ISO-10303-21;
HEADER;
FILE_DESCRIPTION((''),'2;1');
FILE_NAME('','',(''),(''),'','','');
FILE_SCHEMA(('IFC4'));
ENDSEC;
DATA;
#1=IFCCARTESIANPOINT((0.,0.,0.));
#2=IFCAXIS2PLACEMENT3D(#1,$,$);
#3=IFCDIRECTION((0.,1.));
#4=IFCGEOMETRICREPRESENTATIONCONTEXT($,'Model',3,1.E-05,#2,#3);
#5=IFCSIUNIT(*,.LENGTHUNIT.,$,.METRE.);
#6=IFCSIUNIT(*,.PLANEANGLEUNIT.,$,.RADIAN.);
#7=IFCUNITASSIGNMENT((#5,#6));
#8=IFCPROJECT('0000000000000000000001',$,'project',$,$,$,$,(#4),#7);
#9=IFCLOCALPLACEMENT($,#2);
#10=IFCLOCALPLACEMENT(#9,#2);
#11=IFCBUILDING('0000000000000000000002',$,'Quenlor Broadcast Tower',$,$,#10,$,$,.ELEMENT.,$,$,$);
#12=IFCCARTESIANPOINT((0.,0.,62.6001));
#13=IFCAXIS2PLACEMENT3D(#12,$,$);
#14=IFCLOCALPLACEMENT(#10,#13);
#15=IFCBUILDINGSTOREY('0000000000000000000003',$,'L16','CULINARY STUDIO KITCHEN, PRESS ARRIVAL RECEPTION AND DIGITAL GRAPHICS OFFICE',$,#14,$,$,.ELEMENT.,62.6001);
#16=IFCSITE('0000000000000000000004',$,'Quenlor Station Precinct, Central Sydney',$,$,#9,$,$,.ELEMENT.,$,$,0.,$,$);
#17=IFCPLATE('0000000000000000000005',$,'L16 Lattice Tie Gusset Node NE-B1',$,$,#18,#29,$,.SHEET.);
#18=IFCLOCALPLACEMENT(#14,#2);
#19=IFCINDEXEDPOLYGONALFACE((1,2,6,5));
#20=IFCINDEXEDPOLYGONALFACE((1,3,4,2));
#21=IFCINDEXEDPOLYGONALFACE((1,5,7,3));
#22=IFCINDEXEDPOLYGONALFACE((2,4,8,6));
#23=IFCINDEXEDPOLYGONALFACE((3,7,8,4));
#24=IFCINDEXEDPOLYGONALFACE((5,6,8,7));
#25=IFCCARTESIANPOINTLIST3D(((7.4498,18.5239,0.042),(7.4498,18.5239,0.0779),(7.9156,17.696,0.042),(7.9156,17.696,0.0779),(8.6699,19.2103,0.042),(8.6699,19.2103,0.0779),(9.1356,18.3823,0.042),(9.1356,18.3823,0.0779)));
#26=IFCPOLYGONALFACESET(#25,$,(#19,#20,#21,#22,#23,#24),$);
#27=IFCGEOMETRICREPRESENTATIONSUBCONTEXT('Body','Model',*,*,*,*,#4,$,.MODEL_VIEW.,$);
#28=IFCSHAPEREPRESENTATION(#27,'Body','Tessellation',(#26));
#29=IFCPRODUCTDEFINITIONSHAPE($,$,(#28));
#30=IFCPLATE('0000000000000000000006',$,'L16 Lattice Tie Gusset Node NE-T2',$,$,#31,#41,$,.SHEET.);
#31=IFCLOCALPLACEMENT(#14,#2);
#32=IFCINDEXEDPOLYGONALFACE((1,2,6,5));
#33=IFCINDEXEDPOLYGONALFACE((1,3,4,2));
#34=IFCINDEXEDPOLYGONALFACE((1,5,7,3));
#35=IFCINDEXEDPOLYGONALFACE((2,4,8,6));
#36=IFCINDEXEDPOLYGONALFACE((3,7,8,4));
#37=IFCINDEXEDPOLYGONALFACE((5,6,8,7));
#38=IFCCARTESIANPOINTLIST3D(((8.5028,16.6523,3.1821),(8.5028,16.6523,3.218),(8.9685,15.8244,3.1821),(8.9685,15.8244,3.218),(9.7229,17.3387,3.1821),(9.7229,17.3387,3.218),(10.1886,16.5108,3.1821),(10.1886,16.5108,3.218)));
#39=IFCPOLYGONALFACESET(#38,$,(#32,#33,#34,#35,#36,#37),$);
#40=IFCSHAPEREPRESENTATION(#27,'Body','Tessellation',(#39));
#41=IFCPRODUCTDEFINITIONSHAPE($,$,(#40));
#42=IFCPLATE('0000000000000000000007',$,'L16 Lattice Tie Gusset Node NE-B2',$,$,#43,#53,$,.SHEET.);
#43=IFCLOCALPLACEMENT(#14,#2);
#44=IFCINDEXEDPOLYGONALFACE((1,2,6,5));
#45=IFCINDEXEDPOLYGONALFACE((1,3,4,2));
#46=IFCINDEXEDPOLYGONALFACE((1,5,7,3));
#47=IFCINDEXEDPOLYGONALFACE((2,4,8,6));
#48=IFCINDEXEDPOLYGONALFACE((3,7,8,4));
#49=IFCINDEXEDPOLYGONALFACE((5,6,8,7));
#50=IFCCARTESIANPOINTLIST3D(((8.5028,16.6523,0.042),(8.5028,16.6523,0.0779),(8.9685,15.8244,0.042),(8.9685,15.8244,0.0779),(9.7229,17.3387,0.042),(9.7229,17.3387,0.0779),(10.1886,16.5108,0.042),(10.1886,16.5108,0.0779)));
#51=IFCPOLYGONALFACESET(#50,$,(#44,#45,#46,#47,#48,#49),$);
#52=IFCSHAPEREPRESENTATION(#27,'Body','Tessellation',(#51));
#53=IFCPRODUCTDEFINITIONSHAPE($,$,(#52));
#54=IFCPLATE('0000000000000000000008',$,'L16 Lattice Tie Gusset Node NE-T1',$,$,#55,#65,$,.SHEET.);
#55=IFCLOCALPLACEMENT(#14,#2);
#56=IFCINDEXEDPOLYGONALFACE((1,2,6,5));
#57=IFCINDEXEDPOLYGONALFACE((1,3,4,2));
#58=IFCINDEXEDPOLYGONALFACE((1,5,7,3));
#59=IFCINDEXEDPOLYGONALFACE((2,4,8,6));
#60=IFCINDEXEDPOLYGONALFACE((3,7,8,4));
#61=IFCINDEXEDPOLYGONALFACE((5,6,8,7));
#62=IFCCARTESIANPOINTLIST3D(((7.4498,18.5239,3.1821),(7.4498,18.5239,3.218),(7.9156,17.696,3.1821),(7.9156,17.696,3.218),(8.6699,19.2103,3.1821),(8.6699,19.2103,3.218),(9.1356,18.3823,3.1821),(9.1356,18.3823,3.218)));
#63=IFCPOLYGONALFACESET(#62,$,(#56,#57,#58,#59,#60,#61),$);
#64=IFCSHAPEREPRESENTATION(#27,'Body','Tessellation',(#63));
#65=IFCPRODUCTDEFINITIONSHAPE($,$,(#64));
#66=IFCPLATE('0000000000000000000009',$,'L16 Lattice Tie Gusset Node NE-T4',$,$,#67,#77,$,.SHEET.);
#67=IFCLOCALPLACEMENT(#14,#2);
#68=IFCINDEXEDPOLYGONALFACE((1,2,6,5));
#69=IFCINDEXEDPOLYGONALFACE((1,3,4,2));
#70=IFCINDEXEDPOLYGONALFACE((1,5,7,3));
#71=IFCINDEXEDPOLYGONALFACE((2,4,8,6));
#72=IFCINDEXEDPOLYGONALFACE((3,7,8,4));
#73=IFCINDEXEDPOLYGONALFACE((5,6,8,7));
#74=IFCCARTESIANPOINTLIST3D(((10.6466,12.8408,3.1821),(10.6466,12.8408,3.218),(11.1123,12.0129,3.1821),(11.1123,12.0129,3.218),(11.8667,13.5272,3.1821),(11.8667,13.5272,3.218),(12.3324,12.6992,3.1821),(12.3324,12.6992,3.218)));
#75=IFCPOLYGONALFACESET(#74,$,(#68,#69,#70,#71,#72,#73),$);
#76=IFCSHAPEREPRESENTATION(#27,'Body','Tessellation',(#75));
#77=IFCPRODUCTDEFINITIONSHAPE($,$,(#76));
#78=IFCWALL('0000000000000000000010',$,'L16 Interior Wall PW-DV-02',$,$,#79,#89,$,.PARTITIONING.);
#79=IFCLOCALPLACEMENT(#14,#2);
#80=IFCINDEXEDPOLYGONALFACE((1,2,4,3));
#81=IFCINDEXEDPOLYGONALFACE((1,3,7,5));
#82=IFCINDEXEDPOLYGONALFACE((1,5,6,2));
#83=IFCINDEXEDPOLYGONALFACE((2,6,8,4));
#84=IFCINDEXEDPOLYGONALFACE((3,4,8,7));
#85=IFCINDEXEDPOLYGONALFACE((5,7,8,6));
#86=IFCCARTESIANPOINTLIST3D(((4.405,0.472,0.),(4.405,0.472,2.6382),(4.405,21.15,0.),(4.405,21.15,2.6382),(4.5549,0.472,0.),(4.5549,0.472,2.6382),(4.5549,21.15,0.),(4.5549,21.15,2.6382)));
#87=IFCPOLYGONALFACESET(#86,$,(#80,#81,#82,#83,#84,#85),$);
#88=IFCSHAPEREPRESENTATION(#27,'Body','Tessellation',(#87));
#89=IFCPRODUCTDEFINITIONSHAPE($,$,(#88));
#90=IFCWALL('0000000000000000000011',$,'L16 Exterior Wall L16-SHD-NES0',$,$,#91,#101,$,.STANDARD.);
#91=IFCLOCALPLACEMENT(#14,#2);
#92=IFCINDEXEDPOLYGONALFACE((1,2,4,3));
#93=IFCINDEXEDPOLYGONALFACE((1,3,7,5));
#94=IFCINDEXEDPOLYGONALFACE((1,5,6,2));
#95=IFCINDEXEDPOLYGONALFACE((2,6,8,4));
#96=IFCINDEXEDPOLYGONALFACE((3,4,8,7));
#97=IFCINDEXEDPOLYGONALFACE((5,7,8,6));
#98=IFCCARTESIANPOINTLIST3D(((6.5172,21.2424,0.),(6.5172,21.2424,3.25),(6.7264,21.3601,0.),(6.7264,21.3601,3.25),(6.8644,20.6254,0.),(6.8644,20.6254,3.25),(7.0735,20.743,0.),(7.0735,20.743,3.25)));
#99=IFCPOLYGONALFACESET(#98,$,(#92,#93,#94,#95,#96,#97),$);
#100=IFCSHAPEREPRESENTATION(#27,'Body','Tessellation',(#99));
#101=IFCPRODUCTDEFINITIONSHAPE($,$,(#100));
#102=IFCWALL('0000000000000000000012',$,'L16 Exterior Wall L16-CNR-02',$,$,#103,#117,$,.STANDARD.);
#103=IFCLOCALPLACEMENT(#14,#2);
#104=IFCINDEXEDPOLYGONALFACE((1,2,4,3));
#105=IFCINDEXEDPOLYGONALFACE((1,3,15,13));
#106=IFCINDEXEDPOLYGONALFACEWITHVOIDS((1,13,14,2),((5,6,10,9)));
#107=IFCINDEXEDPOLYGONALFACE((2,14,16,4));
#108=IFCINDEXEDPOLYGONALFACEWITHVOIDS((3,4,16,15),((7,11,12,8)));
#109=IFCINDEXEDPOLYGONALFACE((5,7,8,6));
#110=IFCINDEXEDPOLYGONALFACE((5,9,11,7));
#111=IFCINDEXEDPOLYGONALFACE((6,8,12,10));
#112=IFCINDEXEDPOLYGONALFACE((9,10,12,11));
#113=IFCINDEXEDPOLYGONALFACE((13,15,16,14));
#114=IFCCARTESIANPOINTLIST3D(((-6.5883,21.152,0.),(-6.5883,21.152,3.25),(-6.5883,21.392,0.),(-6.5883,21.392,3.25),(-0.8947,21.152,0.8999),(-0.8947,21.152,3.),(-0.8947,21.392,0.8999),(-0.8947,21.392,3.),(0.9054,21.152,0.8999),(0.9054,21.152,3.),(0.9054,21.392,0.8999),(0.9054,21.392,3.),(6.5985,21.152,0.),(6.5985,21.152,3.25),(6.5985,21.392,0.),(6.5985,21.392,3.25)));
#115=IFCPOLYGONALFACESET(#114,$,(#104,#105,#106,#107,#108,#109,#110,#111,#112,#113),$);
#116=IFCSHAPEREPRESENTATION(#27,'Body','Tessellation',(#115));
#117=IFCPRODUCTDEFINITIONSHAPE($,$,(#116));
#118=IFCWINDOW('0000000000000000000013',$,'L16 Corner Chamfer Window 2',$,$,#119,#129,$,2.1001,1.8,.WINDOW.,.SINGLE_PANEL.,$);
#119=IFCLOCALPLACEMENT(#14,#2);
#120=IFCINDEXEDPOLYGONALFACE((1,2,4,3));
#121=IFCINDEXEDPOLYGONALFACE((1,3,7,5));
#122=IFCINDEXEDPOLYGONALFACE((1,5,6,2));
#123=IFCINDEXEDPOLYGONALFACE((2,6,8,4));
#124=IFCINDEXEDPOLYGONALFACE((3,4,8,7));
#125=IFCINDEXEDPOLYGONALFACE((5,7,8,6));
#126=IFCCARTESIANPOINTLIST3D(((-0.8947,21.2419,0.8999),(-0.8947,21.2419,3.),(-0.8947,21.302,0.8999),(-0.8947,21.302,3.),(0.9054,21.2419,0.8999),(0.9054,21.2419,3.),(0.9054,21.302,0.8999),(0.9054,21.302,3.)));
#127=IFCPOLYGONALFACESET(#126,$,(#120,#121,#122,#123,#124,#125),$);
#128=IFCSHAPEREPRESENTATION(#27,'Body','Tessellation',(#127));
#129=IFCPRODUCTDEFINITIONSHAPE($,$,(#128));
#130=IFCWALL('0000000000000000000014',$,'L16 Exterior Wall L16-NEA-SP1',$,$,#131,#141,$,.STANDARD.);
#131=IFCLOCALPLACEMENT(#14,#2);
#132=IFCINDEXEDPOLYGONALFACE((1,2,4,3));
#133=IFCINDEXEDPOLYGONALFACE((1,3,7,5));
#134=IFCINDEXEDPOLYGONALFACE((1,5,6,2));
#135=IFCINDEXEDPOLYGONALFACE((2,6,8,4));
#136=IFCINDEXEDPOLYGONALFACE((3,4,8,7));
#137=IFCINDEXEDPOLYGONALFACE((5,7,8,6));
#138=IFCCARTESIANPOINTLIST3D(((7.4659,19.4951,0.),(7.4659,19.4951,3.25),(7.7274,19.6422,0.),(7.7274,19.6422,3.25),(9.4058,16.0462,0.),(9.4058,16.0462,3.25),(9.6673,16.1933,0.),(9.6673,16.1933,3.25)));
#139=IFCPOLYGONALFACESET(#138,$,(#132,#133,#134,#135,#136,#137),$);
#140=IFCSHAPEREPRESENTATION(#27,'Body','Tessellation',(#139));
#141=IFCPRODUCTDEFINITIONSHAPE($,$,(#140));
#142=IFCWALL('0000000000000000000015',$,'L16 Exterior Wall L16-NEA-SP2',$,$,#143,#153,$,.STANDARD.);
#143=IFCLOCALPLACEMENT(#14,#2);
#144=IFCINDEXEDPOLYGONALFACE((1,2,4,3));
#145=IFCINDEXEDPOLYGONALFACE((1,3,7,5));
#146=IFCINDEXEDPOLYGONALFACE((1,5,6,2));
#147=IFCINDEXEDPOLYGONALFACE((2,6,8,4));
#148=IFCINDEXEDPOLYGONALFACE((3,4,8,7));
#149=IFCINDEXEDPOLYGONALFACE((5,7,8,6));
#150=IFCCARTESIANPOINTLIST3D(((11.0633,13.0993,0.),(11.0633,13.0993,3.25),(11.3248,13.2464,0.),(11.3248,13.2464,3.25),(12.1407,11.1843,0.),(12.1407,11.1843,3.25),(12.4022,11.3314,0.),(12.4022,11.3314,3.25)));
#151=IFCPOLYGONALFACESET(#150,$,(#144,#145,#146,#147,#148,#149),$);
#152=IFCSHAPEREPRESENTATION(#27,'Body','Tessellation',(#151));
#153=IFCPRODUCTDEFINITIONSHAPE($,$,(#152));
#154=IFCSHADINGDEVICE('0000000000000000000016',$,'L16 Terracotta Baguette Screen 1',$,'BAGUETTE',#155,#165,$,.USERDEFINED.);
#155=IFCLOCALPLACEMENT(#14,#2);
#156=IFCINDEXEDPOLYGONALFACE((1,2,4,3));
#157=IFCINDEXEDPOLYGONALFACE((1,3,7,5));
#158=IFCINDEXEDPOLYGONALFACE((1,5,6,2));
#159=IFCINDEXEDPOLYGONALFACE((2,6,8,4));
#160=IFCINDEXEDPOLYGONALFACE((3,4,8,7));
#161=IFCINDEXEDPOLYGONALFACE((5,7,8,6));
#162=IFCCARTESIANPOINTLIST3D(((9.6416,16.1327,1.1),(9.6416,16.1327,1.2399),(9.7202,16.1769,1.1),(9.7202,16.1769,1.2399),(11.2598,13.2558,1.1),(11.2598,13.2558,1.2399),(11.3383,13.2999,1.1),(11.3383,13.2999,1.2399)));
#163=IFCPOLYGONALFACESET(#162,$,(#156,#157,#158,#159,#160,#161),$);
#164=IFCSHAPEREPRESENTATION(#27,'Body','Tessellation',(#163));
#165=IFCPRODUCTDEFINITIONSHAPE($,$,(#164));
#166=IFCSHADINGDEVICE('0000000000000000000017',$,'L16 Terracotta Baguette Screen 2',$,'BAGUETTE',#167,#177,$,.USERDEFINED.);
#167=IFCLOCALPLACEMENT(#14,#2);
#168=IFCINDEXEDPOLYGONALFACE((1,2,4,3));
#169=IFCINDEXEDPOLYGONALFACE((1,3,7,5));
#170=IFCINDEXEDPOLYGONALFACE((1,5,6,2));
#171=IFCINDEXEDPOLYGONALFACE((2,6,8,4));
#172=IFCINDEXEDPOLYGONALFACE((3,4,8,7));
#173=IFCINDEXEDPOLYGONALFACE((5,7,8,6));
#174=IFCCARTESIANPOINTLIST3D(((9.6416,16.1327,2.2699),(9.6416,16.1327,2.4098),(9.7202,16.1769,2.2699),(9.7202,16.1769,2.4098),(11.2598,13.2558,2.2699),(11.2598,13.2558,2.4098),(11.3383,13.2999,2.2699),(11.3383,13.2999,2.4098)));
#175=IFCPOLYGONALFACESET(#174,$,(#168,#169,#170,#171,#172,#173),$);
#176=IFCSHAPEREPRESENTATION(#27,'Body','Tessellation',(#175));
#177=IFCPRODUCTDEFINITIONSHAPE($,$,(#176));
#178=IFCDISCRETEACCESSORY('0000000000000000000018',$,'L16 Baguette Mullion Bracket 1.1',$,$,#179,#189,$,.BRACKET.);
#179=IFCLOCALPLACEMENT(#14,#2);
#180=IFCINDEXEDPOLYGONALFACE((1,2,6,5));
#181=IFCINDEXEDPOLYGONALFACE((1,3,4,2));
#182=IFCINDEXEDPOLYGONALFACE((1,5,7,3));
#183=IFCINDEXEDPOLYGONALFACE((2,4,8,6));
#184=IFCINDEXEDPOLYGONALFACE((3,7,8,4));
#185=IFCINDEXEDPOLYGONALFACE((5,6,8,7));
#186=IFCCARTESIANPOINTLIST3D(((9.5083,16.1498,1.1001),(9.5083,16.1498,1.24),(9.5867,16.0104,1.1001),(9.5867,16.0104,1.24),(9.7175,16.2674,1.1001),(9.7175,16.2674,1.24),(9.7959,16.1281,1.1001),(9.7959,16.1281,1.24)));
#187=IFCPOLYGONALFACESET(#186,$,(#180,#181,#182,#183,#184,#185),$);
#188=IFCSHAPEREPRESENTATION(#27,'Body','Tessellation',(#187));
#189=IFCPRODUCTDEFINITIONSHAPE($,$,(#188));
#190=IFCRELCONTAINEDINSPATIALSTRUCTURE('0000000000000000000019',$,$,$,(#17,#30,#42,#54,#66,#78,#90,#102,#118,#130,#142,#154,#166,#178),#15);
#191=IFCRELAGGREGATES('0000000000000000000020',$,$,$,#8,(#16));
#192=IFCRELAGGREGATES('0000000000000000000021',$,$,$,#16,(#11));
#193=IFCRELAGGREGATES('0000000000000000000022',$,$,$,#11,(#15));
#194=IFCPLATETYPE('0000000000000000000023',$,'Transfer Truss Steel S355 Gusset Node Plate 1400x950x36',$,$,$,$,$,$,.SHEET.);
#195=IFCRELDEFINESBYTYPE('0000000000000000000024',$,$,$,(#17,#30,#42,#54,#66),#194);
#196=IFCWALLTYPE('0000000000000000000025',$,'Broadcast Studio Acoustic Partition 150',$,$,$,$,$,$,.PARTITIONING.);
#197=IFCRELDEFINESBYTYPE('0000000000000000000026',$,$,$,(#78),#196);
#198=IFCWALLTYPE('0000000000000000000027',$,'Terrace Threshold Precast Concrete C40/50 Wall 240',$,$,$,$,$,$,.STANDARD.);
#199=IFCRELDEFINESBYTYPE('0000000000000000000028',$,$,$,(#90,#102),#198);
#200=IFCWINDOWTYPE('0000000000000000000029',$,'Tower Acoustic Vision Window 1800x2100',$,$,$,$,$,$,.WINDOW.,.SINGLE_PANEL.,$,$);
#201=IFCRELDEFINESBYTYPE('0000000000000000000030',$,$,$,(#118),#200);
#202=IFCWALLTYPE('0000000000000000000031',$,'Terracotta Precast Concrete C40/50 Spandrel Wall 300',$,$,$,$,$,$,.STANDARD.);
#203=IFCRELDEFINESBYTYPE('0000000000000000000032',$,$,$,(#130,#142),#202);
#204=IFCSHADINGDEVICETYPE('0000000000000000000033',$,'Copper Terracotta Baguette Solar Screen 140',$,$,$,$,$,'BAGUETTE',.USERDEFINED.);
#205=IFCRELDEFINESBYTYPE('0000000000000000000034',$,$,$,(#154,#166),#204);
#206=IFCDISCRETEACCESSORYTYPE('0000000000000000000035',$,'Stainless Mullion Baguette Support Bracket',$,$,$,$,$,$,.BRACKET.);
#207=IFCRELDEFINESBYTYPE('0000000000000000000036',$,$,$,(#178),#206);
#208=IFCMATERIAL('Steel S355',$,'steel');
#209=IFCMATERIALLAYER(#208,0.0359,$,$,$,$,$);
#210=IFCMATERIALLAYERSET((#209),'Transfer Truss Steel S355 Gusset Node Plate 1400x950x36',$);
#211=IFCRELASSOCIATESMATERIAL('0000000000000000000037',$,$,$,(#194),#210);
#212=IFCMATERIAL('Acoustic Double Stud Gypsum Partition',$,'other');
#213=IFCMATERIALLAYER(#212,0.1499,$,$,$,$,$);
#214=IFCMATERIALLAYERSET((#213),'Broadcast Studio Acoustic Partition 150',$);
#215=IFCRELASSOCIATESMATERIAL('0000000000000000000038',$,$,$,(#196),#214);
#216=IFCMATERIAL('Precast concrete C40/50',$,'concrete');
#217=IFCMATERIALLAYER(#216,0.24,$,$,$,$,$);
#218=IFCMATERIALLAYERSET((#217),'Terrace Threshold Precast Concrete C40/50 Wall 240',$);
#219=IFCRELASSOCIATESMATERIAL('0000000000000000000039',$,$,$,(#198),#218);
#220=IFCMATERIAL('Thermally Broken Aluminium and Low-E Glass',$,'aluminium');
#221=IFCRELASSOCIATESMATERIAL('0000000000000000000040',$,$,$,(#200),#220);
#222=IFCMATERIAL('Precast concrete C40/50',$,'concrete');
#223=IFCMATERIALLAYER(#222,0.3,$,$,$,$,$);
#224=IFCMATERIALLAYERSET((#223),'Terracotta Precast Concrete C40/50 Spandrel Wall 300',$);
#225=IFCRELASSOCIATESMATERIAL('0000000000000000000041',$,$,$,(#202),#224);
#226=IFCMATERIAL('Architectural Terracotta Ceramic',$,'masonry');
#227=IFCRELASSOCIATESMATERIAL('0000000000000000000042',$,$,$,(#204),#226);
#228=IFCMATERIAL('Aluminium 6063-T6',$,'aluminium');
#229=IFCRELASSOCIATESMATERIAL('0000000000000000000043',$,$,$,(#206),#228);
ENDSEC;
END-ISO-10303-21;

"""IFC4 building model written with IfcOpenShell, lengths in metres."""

from ifc_helpers import new_model, si_unit, direction, frame, frame_2d, origin, origin_2d, place, context, subcontext, project, spatial, rectangle, extrude, material, layer, layer_set, material_profile, profile_set, type_object, element, fill, save


model = new_model("IFC4")

# Units and contexts
model_context = context("Model", 3, precision=1e-05, world=origin(), true_north=direction((0.0, 1.0)))
body_context = subcontext(model_context, "Body", "Model", "MODEL_VIEW")
ifc_project = project(units=[si_unit("LENGTHUNIT", "METRE"), si_unit("PLANEANGLEUNIT", "RADIAN")], contexts=[model_context])

# Site, building, storey
site_placement = place(None, origin())
site = spatial("IfcSite", under=ifc_project, at=site_placement, Name="Quenlor Station Precinct, Central Sydney", CompositionType="ELEMENT", RefElevation=0.0)
building_placement = place(site_placement, origin())
building = spatial("IfcBuilding", under=site, at=building_placement, Name="Quenlor Broadcast Tower", CompositionType="ELEMENT")
storey_placement = place(building_placement, frame((0.0, 0.0, 62.6001)))
storey = spatial("IfcBuildingStorey", under=building, at=storey_placement, Name="L16", Description="CULINARY STUDIO KITCHEN, PRESS ARRIVAL RECEPTION AND DIGITAL GRAPHICS OFFICE", CompositionType="ELEMENT", Elevation=62.6001)

# Plates
ifc_material_1 = material(Name="Steel S355", Category="steel")
ifc_layer_1 = layer(ifc_material_1, 0.0359)
ifc_layer_set_1 = layer_set([ifc_layer_1], Name="Transfer Truss Steel S355 Gusset Node Plate 1400x950x36")
plate_type_1 = type_object("IfcPlateType", Name="Transfer Truss Steel S355 Gusset Node Plate 1400x950x36", PredefinedType="SHEET", material=ifc_layer_set_1)
for number, where, z_axis, x_axis, name in (
    (1, (8.2927, 18.4531, 0.042), (0.0, 0.0, 1.0), (0.871556, 0.490295, 0.0), "L16 Lattice Tie Gusset Node NE-B1"),
    (2, (9.3457, 16.5815, 3.1821), (0.0, 0.0, 1.0), (0.871556, 0.490295, 0.0), "L16 Lattice Tie Gusset Node NE-T2"),
    (3, (9.3457, 16.5815, 0.042), (0.0, 0.0, 1.0), (0.871556, 0.490295, 0.0), "L16 Lattice Tie Gusset Node NE-B2"),
    (4, (8.2927, 18.4531, 3.1821), (0.0, 0.0, 1.0), (0.871556, 0.490295, 0.0), "L16 Lattice Tie Gusset Node NE-T1"),
    (5, (11.4895, 12.77, 3.1821), (0.0, 0.0, 1.0), (0.871556, 0.490295, 0.0), "L16 Lattice Tie Gusset Node NE-T4"),
):
    element("IfcPlate", number, at=place(storey_placement, frame(where, z_axis=z_axis, x_axis=x_axis)), inside=storey, type_object=plate_type_1, Name=name, PredefinedType="SHEET", context=body_context, shape_type="SweptSolid", body=[
        extrude(rectangle(XDim=1.3999, YDim=0.95, at=origin_2d()), origin(), (0.0, 0.0, 1.0), 0.0359),
    ])

# Walls
ifc_material_2 = material(Name="Acoustic Double Stud Gypsum Partition", Category="other")
ifc_layer_2 = layer(ifc_material_2, 0.1499)
ifc_layer_set_2 = layer_set([ifc_layer_2], Name="Broadcast Studio Acoustic Partition 150")
wall_type_1 = type_object("IfcWallType", Name="Broadcast Studio Acoustic Partition 150", PredefinedType="PARTITIONING", material=ifc_layer_set_2)
wall_1_placement = place(storey_placement, frame((4.48, 21.1499, 0.0), z_axis=(0.0, 0.0, 1.0), x_axis=(0.0, -1.0, 0.0)))
element("IfcWall", 6, at=wall_1_placement, inside=storey, type_object=wall_type_1, Name="L16 Interior Wall PW-DV-02", PredefinedType="PARTITIONING", context=body_context, shape_type="SweptSolid", body=[
    extrude(rectangle(XDim=20.678, YDim=0.1499, at=frame_2d((10.3389, 0.0))), origin(), (0.0, 0.0, 1.0), 2.6382),
])
ifc_material_3 = material(Name="Precast concrete C40/50", Category="concrete")
ifc_layer_3 = layer(ifc_material_3, 0.24)
ifc_layer_set_3 = layer_set([ifc_layer_3], Name="Terrace Threshold Precast Concrete C40/50 Wall 240")
wall_type_2 = type_object("IfcWallType", Name="Terrace Threshold Precast Concrete C40/50 Wall 240", PredefinedType="STANDARD", material=ifc_layer_set_3)
wall_2_placement = place(storey_placement, frame((6.6218, 21.3013, 0.0), z_axis=(0.0, 0.0, 1.0), x_axis=(0.490261, -0.871576, 0.0)))
element("IfcWall", 7, at=wall_2_placement, inside=storey, type_object=wall_type_2, Name="L16 Exterior Wall L16-SHD-NES0", PredefinedType="STANDARD", context=body_context, shape_type="SweptSolid", body=[
    extrude(rectangle(XDim=0.708, YDim=0.24, at=frame_2d((0.354, 0.0))), origin(), (0.0, 0.0, 1.0), 3.25),
])

# Wall, opening, window
wall_3_placement = place(storey_placement, frame((6.5984, 21.272, 0.0), z_axis=(0.0, 0.0, 1.0), x_axis=(-1.0, 0.0, 0.0)))
wall_3 = element("IfcWall", 8, at=wall_3_placement, inside=storey, type_object=wall_type_2, Name="L16 Exterior Wall L16-CNR-02", PredefinedType="STANDARD", context=body_context, shape_type="SweptSolid", body=[
    extrude(rectangle(XDim=13.1868, YDim=0.24, at=frame_2d((6.5933, 0.0))), origin(), (0.0, 0.0, 1.0), 3.25),
])
opening_placement = place(wall_3_placement, frame((5.6931, 0.0, 0.8999)))
opening = element("IfcOpeningElement", 9, at=opening_placement, cuts=wall_3, PredefinedType="OPENING", context=body_context, shape_type="SweptSolid", body=[
    extrude(rectangle(XDim=1.8, YDim=2.1001, at=frame_2d((0.8999, 1.05))), frame((0.0, 0.1299, 0.0), z_axis=(0.0, -1.0, 0.0), x_axis=(1.0, 0.0, 0.0)), (0.0, 0.0, 1.0), 0.26),
])
ifc_material_4 = material(Name="Thermally Broken Aluminium and Low-E Glass", Category="aluminium")
window_type = type_object("IfcWindowType", Name="Tower Acoustic Vision Window 1800x2100", PartitioningType="SINGLE_PANEL", PredefinedType="WINDOW", material=ifc_material_4)
window_placement = place(opening_placement, origin())
window = element("IfcWindow", 10, at=window_placement, inside=storey, type_object=window_type, Name="L16 Corner Chamfer Window 2", OverallHeight=2.1001, OverallWidth=1.8, PartitioningType="SINGLE_PANEL", PredefinedType="WINDOW", context=body_context, shape_type="SweptSolid", body=[
    extrude(rectangle(XDim=1.8, YDim=2.1001, at=frame_2d((0.8999, 1.05))), frame((0.0, 0.03, 0.0), z_axis=(0.0, -1.0, 0.0), x_axis=(1.0, 0.0, 0.0)), (0.0, 0.0, 1.0), 0.0601),
])
fill(opening, window)

# Walls
ifc_material_5 = material(Name="Precast concrete C40/50", Category="concrete")
ifc_layer_4 = layer(ifc_material_5, 0.3)
ifc_layer_set_4 = layer_set([ifc_layer_4], Name="Terracotta Precast Concrete C40/50 Spandrel Wall 300")
wall_type_3 = type_object("IfcWallType", Name="Terracotta Precast Concrete C40/50 Spandrel Wall 300", PredefinedType="STANDARD", material=ifc_layer_set_4)
wall_4_placement = place(storey_placement, frame((7.5967, 19.5686, 0.0), z_axis=(0.0, 0.0, 1.0), x_axis=(0.490241, -0.871587, 0.0)))
element("IfcWall", 11, at=wall_4_placement, inside=storey, type_object=wall_type_3, Name="L16 Exterior Wall L16-NEA-SP1", PredefinedType="STANDARD", context=body_context, shape_type="SweptSolid", body=[
    extrude(rectangle(XDim=3.957, YDim=0.3, at=frame_2d((1.9785, 0.0))), origin(), (0.0, 0.0, 1.0), 3.25),
])
wall_5_placement = place(storey_placement, frame((11.1941, 13.1729, 0.0), z_axis=(0.0, 0.0, 1.0), x_axis=(0.490325, -0.87154, 0.0)))
element("IfcWall", 12, at=wall_5_placement, inside=storey, type_object=wall_type_3, Name="L16 Exterior Wall L16-NEA-SP2", PredefinedType="STANDARD", context=body_context, shape_type="SweptSolid", body=[
    extrude(rectangle(XDim=2.1973, YDim=0.3, at=frame_2d((1.0986, 0.0))), origin(), (0.0, 0.0, 1.0), 3.25),
])

# Shading devices
ifc_material_6 = material(Name="Architectural Terracotta Ceramic", Category="masonry")
ifc_material_profile_1 = material_profile(ifc_material_6, rectangle(XDim=0.0901, YDim=0.1399, at=origin_2d()))
ifc_profile_set_1 = profile_set([ifc_material_profile_1], Name="Architectural Terracotta Ceramic BAG90x140")
shading_device_type = type_object("IfcShadingDeviceType", Name="Copper Terracotta Baguette Solar Screen 140", ElementType="BAGUETTE", PredefinedType="USERDEFINED", material=ifc_profile_set_1)
for number, where, z_axis, x_axis, name in (
    (13, (9.6809, 16.1548, 1.1699), (0.490233, -0.871591, 0.0), (0.871591, 0.490233, 0.0), "L16 Terracotta Baguette Screen 1"),
    (14, (9.6809, 16.1548, 2.3398), (0.490233, -0.871591, 0.0), (0.871591, 0.490233, 0.0), "L16 Terracotta Baguette Screen 2"),
):
    element("IfcShadingDevice", number, at=place(storey_placement, frame(where, z_axis=z_axis, x_axis=x_axis)), inside=storey, type_object=shading_device_type, Name=name, ObjectType="BAGUETTE", PredefinedType="USERDEFINED", context=body_context, shape_type="SweptSolid", body=[
        extrude(rectangle(XDim=0.0901, YDim=0.1399, at=origin_2d()), origin(), (0.0, 0.0, 1.0), 3.3008),
    ])

# Discrete accessory
ifc_material_7 = material(Name="Aluminium 6063-T6", Category="aluminium")
discrete_accessory_type = type_object("IfcDiscreteAccessoryType", Name="Stainless Mullion Baguette Support Bracket", PredefinedType="BRACKET", material=ifc_material_7)
for number, where, z_axis, x_axis, name in (
    (15, (9.6521, 16.1389, 1.1001), (0.0, 0.0, 1.0), (0.490244, -0.871585, 0.0), "L16 Baguette Mullion Bracket 1.1"),
):
    element("IfcDiscreteAccessory", number, at=place(storey_placement, frame(where, z_axis=z_axis, x_axis=x_axis)), inside=storey, type_object=discrete_accessory_type, Name=name, PredefinedType="BRACKET", context=body_context, shape_type="SweptSolid", body=[
        extrude(rectangle(XDim=0.1599, YDim=0.24, at=origin_2d()), origin(), (0.0, 0.0, 1.0), 0.1399),
    ])

save(model, "model.ifc")
